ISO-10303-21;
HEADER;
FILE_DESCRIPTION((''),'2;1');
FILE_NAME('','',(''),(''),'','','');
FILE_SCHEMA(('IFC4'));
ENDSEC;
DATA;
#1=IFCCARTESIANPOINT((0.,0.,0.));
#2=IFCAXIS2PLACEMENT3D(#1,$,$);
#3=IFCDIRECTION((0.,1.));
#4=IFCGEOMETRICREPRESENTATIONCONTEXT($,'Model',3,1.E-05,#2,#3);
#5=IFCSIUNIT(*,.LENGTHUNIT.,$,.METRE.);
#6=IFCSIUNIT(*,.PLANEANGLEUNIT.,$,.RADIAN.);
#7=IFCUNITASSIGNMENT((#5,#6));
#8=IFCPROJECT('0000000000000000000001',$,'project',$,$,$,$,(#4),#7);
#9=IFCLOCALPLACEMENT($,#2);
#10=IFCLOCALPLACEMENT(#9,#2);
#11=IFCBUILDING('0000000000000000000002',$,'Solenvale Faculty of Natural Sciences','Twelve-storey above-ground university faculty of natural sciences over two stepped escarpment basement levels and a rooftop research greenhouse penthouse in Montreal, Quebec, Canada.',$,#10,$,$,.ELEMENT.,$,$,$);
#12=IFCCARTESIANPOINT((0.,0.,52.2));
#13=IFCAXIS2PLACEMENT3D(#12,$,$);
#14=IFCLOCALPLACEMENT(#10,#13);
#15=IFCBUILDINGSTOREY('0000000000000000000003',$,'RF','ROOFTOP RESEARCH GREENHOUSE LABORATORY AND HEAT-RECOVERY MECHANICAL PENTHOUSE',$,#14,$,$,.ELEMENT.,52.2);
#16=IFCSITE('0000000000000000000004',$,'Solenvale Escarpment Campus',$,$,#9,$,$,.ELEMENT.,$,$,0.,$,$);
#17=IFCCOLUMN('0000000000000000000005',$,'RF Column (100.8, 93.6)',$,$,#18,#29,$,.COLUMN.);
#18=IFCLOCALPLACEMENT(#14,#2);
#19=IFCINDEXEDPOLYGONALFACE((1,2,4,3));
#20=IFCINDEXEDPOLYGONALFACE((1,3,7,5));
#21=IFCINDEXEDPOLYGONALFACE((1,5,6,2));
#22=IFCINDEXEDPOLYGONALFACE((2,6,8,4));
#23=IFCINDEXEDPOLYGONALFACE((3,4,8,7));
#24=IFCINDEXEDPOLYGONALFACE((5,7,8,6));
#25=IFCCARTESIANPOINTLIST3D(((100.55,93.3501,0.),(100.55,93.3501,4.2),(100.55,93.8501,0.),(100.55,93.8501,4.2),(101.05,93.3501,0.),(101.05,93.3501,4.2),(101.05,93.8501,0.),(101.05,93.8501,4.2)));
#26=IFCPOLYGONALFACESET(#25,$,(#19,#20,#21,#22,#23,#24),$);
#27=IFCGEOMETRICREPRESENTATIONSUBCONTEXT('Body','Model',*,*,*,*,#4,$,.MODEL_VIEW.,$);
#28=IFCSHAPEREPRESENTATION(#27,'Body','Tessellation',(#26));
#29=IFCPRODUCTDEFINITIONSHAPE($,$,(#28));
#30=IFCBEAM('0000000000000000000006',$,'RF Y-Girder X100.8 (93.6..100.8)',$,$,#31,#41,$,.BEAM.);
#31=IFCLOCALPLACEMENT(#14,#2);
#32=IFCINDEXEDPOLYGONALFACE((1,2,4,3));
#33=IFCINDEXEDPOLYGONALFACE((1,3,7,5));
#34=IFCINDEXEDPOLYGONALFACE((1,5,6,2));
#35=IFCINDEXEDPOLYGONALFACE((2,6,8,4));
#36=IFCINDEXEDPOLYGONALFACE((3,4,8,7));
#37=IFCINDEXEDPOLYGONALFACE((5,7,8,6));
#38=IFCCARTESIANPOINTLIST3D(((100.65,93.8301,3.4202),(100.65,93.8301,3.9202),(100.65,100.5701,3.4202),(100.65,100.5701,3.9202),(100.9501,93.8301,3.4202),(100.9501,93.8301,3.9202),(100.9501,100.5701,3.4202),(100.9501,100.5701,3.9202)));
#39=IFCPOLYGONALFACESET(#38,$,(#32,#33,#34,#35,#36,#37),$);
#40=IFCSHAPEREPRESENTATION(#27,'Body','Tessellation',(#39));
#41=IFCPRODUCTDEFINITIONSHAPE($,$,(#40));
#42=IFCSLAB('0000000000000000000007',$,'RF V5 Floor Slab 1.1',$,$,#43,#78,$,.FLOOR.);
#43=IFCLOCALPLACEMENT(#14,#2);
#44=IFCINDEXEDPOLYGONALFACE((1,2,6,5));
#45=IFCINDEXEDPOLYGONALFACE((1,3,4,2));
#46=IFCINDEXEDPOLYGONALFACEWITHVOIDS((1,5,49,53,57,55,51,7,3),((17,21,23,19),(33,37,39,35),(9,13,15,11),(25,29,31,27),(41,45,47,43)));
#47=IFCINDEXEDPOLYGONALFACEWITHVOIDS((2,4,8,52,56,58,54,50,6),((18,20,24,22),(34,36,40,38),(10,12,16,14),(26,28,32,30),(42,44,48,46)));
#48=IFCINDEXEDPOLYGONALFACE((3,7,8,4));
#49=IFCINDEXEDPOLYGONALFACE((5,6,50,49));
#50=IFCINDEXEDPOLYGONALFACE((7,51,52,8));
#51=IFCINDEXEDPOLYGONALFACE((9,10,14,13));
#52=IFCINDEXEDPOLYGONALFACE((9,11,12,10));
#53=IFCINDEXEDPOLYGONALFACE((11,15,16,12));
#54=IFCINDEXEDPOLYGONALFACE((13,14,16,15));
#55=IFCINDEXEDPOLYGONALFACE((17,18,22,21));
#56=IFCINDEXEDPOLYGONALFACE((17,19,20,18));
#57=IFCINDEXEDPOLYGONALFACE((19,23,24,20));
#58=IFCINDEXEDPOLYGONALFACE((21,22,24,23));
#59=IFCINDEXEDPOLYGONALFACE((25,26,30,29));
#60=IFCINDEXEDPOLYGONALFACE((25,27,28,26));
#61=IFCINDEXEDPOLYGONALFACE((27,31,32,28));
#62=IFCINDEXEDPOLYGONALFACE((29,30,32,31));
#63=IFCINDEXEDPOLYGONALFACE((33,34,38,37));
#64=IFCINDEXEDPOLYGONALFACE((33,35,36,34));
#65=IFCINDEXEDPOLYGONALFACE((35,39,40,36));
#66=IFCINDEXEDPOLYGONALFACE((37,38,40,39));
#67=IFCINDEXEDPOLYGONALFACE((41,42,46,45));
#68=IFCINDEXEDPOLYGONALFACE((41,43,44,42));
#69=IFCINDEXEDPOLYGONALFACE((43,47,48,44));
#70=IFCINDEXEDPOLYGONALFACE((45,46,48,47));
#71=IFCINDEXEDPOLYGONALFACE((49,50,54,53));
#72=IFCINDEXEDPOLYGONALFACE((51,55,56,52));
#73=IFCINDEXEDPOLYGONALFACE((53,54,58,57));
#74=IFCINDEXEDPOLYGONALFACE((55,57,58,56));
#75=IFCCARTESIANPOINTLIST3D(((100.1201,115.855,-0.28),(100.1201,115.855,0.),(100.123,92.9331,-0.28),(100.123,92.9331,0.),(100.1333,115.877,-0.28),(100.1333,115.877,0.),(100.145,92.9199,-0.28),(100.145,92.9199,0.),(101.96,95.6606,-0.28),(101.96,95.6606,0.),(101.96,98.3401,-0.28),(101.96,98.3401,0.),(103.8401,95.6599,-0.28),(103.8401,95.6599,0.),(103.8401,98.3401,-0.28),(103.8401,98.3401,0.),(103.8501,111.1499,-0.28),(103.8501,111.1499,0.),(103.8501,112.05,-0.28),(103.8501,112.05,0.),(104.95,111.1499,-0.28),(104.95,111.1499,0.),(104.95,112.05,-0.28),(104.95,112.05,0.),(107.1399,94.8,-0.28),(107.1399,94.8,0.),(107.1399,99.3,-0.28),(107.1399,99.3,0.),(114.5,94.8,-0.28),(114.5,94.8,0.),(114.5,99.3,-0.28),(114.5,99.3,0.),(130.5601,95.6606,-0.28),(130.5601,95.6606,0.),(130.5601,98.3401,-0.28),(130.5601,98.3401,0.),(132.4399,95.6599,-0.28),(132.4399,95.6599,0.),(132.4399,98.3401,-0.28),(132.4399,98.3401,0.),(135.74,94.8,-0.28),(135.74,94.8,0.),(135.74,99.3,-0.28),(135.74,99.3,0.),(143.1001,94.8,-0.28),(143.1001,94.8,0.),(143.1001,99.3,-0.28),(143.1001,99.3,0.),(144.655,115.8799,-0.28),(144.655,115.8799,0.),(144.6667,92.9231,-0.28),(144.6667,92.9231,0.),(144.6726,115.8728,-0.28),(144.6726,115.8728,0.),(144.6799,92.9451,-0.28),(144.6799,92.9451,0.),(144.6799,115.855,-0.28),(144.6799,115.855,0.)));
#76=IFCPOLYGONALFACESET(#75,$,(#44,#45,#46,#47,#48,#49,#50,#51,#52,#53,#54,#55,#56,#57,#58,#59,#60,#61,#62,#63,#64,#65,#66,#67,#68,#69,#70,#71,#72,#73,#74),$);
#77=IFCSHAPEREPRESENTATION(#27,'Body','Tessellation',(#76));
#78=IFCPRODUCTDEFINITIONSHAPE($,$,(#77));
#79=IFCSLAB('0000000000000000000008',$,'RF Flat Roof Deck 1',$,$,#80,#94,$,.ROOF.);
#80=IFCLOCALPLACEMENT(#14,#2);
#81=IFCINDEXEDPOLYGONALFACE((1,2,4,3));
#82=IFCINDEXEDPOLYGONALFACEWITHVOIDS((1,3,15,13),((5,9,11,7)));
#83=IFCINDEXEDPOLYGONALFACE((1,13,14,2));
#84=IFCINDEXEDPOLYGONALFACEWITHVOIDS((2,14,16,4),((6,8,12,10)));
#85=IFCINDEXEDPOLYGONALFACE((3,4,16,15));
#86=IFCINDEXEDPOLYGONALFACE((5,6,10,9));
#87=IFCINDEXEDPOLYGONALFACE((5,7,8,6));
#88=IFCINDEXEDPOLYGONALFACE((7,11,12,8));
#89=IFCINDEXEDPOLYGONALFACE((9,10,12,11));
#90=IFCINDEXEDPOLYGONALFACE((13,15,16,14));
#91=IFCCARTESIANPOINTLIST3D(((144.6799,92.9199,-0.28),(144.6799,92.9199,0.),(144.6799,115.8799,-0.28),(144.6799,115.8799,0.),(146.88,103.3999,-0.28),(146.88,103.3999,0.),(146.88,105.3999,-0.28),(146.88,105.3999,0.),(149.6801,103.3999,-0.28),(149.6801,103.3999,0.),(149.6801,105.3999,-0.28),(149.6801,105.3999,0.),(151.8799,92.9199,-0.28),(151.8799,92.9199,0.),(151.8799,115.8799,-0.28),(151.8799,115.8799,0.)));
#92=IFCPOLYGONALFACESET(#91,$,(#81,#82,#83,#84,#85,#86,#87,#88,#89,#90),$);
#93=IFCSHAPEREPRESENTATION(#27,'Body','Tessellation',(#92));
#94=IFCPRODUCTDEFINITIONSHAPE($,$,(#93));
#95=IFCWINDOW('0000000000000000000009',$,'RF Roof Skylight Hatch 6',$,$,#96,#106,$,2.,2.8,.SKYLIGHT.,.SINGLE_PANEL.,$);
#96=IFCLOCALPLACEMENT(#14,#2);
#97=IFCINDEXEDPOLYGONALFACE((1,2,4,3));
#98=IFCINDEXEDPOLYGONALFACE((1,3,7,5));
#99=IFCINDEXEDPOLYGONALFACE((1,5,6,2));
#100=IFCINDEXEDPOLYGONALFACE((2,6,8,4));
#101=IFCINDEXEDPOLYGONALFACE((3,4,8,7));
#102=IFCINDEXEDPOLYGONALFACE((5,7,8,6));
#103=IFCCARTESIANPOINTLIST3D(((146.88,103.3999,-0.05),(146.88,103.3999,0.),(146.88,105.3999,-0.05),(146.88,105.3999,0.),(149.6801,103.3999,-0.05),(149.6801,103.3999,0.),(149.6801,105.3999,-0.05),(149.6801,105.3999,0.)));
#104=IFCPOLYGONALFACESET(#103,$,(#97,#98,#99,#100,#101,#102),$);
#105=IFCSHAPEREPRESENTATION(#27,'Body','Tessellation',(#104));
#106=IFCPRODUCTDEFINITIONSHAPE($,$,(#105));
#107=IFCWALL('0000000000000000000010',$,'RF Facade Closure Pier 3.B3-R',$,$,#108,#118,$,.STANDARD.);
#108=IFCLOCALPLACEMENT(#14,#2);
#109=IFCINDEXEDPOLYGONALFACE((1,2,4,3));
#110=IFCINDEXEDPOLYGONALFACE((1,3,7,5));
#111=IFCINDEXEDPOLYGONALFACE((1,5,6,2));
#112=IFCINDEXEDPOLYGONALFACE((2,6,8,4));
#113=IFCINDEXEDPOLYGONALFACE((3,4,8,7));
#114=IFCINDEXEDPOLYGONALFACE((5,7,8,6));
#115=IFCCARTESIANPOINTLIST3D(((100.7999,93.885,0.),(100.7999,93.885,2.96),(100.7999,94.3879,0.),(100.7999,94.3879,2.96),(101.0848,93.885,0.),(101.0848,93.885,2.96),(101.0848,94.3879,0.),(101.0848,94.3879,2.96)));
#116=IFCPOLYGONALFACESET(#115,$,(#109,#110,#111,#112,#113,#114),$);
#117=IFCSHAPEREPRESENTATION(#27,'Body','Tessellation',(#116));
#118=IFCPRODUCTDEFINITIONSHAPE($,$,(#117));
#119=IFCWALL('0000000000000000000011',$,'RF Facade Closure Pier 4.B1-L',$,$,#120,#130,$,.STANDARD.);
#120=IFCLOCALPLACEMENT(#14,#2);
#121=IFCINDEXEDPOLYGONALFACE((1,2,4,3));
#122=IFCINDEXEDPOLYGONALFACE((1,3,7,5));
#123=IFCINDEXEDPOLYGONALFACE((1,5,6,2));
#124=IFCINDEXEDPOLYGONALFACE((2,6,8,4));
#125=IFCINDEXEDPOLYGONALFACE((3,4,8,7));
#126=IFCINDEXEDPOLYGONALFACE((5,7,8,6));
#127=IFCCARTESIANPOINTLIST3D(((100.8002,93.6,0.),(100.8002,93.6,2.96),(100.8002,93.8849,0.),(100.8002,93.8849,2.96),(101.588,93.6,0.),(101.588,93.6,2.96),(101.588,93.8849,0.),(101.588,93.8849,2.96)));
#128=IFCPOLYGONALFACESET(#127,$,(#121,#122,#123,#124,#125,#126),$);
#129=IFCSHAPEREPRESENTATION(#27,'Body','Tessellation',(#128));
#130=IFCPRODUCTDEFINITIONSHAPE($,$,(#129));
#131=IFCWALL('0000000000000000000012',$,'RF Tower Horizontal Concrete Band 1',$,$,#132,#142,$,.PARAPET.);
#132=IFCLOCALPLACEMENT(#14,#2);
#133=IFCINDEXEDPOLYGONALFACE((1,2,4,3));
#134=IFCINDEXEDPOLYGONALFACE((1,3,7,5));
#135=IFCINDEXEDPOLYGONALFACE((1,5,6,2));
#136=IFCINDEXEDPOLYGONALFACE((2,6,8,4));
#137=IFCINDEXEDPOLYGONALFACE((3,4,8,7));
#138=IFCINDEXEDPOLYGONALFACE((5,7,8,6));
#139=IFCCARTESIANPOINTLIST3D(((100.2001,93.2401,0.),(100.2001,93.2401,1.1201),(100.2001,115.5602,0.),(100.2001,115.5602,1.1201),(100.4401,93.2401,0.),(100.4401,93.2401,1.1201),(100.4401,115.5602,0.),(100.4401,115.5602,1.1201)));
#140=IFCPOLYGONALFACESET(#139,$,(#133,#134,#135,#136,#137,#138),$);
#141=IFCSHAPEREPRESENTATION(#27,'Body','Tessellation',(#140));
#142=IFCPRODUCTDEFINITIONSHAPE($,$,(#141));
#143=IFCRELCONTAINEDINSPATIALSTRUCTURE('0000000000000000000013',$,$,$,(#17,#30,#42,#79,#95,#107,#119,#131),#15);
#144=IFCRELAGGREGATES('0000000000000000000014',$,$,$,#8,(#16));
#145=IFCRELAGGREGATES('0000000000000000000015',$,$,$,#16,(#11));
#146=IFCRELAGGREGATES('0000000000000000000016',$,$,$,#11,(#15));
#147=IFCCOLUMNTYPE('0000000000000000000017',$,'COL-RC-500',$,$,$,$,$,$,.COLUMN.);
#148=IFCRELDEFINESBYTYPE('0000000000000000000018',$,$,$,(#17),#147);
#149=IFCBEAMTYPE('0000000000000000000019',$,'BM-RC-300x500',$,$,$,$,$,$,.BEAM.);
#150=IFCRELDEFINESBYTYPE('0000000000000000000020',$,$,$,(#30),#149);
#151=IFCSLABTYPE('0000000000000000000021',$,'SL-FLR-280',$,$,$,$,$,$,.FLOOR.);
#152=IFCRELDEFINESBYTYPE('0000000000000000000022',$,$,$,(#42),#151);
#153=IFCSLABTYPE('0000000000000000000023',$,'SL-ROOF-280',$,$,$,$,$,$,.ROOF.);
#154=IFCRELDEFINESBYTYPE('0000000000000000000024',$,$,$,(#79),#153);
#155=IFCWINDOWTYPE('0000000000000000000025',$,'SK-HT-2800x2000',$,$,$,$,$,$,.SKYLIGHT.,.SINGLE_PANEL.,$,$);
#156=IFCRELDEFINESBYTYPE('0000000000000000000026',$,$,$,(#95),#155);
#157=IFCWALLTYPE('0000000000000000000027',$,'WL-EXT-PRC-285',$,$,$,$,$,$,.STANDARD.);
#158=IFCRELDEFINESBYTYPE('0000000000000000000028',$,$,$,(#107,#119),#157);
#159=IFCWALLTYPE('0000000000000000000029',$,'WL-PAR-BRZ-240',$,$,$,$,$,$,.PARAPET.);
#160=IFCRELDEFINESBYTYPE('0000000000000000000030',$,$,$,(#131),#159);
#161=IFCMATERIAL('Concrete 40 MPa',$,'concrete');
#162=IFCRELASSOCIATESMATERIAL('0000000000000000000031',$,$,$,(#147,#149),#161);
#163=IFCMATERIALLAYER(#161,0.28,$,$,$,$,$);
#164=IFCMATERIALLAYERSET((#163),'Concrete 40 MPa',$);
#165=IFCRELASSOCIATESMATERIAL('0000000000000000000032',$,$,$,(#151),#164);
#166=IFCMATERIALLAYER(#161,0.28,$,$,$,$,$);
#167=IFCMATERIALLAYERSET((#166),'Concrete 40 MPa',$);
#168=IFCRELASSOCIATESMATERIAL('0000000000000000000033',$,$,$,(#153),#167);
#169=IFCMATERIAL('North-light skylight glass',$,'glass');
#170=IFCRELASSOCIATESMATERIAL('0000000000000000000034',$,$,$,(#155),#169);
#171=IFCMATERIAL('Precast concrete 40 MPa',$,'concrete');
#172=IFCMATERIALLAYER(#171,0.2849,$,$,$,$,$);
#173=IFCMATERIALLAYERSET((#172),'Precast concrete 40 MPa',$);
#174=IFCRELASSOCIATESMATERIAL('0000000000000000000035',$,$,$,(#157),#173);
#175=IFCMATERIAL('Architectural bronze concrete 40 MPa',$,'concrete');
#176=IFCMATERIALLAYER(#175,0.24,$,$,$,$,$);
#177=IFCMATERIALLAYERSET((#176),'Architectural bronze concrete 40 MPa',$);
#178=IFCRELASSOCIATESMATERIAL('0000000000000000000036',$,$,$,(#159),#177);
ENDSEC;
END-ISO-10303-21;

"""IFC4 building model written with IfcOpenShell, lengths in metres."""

from ifc_helpers import new_model, si_unit, direction, frame, frame_2d, origin, origin_2d, place, context, subcontext, project, spatial, polyline, rectangle, outline, extrude, material, layer, layer_set, material_profile, profile_set, type_object, element, fill, save


model = new_model("IFC4")

# Units and contexts
model_context = context("Model", 3, precision=1e-05, world=origin(), true_north=direction((0.0, 1.0)))
body_context = subcontext(model_context, "Body", "Model", "MODEL_VIEW")
ifc_project = project(units=[si_unit("LENGTHUNIT", "METRE"), si_unit("PLANEANGLEUNIT", "RADIAN")], contexts=[model_context])

# Site, building, storey
site_placement = place(None, origin())
site = spatial("IfcSite", under=ifc_project, at=site_placement, Name="Solenvale Escarpment Campus", CompositionType="ELEMENT", RefElevation=0.0)
building_placement = place(site_placement, origin())
building = spatial("IfcBuilding", under=site, at=building_placement, Name="Solenvale Faculty of Natural Sciences", Description="Twelve-storey above-ground university faculty of natural sciences over two stepped escarpment basement levels and a rooftop research greenhouse penthouse in Montreal, Quebec, Canada.", CompositionType="ELEMENT")
storey_placement = place(building_placement, frame((0.0, 0.0, 52.2)))
storey = spatial("IfcBuildingStorey", under=building, at=storey_placement, Name="RF", Description="ROOFTOP RESEARCH GREENHOUSE LABORATORY AND HEAT-RECOVERY MECHANICAL PENTHOUSE", CompositionType="ELEMENT", Elevation=52.2)

# Column
ifc_material_1 = material(Name="Concrete 40 MPa", Category="concrete")
ifc_material_profile_1 = material_profile(ifc_material_1, rectangle(XDim=0.5, YDim=0.5, at=origin_2d()), Name="RC-COL-500x500")
ifc_profile_set_1 = profile_set([ifc_material_profile_1], Name="Concrete 40 MPa")
column_type = type_object("IfcColumnType", Name="COL-RC-500", PredefinedType="COLUMN", material=ifc_profile_set_1)
column_placement = place(storey_placement, frame((100.8, 93.6001, 0.0), z_axis=(0.0, 0.0, 1.0), x_axis=(1.0, 0.0, 0.0)))
element("IfcColumn", 1, at=column_placement, inside=storey, type_object=column_type, Name="RF Column (100.8, 93.6)", PredefinedType="COLUMN", context=body_context, shape_type="SweptSolid", body=[
    extrude(rectangle(XDim=0.5, YDim=0.5, at=origin_2d()), origin(), (0.0, 0.0, 1.0), 4.2),
])

# Beam
ifc_material_profile_2 = material_profile(ifc_material_1, rectangle(XDim=0.3, YDim=0.5, at=origin_2d()), Name="RC-BM-300x500")
ifc_profile_set_2 = profile_set([ifc_material_profile_2], Name="Concrete 40 MPa")
beam_type = type_object("IfcBeamType", Name="BM-RC-300x500", PredefinedType="BEAM", material=ifc_profile_set_2)
beam_placement = place(storey_placement, frame((100.8, 93.8301, 3.6702), z_axis=(0.0, 1.0, 0.0), x_axis=(-1.0, 0.0, 0.0)))
element("IfcBeam", 2, at=beam_placement, inside=storey, type_object=beam_type, Name="RF Y-Girder X100.8 (93.6..100.8)", PredefinedType="BEAM", context=body_context, shape_type="SweptSolid", body=[
    extrude(rectangle(XDim=0.3, YDim=0.5, at=origin_2d()), origin(), (0.0, 0.0, 1.0), 6.74),
])

# Slab
ifc_layer_1 = layer(ifc_material_1, 0.28)
ifc_layer_set_1 = layer_set([ifc_layer_1], Name="Concrete 40 MPa")
slab_type_1 = type_object("IfcSlabType", Name="SL-FLR-280", PredefinedType="FLOOR", material=ifc_layer_set_1)
slab_1_placement = place(storey_placement, frame((0.0, 0.0, -0.28)))
element("IfcSlab", 3, at=slab_1_placement, inside=storey, type_object=slab_type_1, Name="RF V5 Floor Slab 1.1", PredefinedType="FLOOR", context=body_context, shape_type="SweptSolid", body=[
    extrude(outline(polyline([(144.655, 115.8799), (144.6726, 115.8728), (144.6799, 115.855), (144.6799, 92.9451), (144.6667, 92.9231), (100.145, 92.9199), (100.123, 92.9331), (100.1201, 115.855), (100.1333, 115.877), (144.655, 115.8799)]), holes=[polyline([(135.74, 94.8), (143.1001, 94.8), (143.1001, 99.3), (135.74, 99.3), (135.74, 94.8)]), polyline([(130.5601, 95.6606), (132.4399, 95.6599), (132.4399, 98.3401), (130.5601, 98.3401), (130.5601, 95.6606)]), polyline([(107.1399, 94.8), (114.5, 94.8), (114.5, 99.3), (107.1399, 99.3), (107.1399, 94.8)]), polyline([(103.8501, 111.1499), (104.95, 111.1499), (104.95, 112.05), (103.8501, 112.05), (103.8501, 111.1499)]), polyline([(101.96, 95.6606), (103.8401, 95.6599), (103.8401, 98.3401), (101.96, 98.3401), (101.96, 95.6606)])]), origin(), (0.0, 0.0, 1.0), 0.28),
])

# Slab, opening, window
ifc_layer_2 = layer(ifc_material_1, 0.28)
ifc_layer_set_2 = layer_set([ifc_layer_2], Name="Concrete 40 MPa")
slab_type_2 = type_object("IfcSlabType", Name="SL-ROOF-280", PredefinedType="ROOF", material=ifc_layer_set_2)
slab_2_placement = place(storey_placement, frame((0.0, 0.0, -0.28)))
slab_2 = element("IfcSlab", 4, at=slab_2_placement, inside=storey, type_object=slab_type_2, Name="RF Flat Roof Deck 1", PredefinedType="ROOF", context=body_context, shape_type="SweptSolid", body=[
    extrude(outline(polyline([(151.8799, 92.9199), (144.6799, 92.9199), (144.6799, 115.8799), (151.8799, 115.8799), (151.8799, 92.9199)])), origin(), (0.0, 0.0, 1.0), 0.28),
])
opening_placement = place(slab_2_placement, frame((148.28, 104.3999, -0.01)))
opening = element("IfcOpeningElement", 5, at=opening_placement, cuts=slab_2, PredefinedType="OPENING", context=body_context, shape_type="SweptSolid", body=[
    extrude(rectangle(XDim=2.8, YDim=2.0, at=origin_2d()), origin(), (0.0, 0.0, 1.0), 0.3),
])
ifc_material_2 = material(Name="North-light skylight glass", Category="glass")
window_type = type_object("IfcWindowType", Name="SK-HT-2800x2000", PartitioningType="SINGLE_PANEL", PredefinedType="SKYLIGHT", material=ifc_material_2)
window_placement = place(slab_2_placement, frame((148.28, 104.3999, 0.23)))
window = element("IfcWindow", 6, at=window_placement, inside=storey, type_object=window_type, Name="RF Roof Skylight Hatch 6", OverallHeight=2.0, OverallWidth=2.8, PartitioningType="SINGLE_PANEL", PredefinedType="SKYLIGHT", context=body_context, shape_type="SweptSolid", body=[
    extrude(rectangle(XDim=2.8, YDim=2.0, at=origin_2d()), origin(), (0.0, 0.0, 1.0), 0.05),
])
fill(opening, window)

# Walls
ifc_material_3 = material(Name="Precast concrete 40 MPa", Category="concrete")
ifc_layer_3 = layer(ifc_material_3, 0.2849)
ifc_layer_set_3 = layer_set([ifc_layer_3], Name="Precast concrete 40 MPa")
wall_type_1 = type_object("IfcWallType", Name="WL-EXT-PRC-285", PredefinedType="STANDARD", material=ifc_layer_set_3)
wall_1_placement = place(storey_placement, frame((100.9424, 94.3879, 0.0), z_axis=(0.0, 0.0, 1.0), x_axis=(0.0, -1.0, 0.0)))
element("IfcWall", 7, at=wall_1_placement, inside=storey, type_object=wall_type_1, Name="RF Facade Closure Pier 3.B3-R", PredefinedType="STANDARD", context=body_context, shape_type="SweptSolid", body=[
    extrude(rectangle(XDim=0.5029, YDim=0.2849, at=frame_2d((0.2515, 0.0))), origin(), (0.0, 0.0, 1.0), 2.96),
])
wall_2_placement = place(storey_placement, frame((100.8, 93.7424, 0.0), z_axis=(0.0, 0.0, 1.0), x_axis=(1.0, 0.0, 0.0)))
element("IfcWall", 8, at=wall_2_placement, inside=storey, type_object=wall_type_1, Name="RF Facade Closure Pier 4.B1-L", PredefinedType="STANDARD", context=body_context, shape_type="SweptSolid", body=[
    extrude(rectangle(XDim=0.7878, YDim=0.2849, at=frame_2d((0.394, 0.0))), origin(), (0.0, 0.0, 1.0), 2.96),
])
ifc_material_4 = material(Name="Architectural bronze concrete 40 MPa", Category="concrete")
ifc_layer_4 = layer(ifc_material_4, 0.24)
ifc_layer_set_4 = layer_set([ifc_layer_4], Name="Architectural bronze concrete 40 MPa")
wall_type_2 = type_object("IfcWallType", Name="WL-PAR-BRZ-240", PredefinedType="PARAPET", material=ifc_layer_set_4)
wall_3_placement = place(storey_placement, frame((100.3201, 93.24, 0.0), z_axis=(0.0, 0.0, 1.0), x_axis=(0.0, 1.0, 0.0)))
element("IfcWall", 9, at=wall_3_placement, inside=storey, type_object=wall_type_2, Name="RF Tower Horizontal Concrete Band 1", PredefinedType="PARAPET", context=body_context, shape_type="SweptSolid", body=[
    extrude(rectangle(XDim=22.3201, YDim=0.24, at=frame_2d((11.1602, 0.0))), origin(), (0.0, 0.0, 1.0), 1.1201),
])

save(model, "model.ifc")
